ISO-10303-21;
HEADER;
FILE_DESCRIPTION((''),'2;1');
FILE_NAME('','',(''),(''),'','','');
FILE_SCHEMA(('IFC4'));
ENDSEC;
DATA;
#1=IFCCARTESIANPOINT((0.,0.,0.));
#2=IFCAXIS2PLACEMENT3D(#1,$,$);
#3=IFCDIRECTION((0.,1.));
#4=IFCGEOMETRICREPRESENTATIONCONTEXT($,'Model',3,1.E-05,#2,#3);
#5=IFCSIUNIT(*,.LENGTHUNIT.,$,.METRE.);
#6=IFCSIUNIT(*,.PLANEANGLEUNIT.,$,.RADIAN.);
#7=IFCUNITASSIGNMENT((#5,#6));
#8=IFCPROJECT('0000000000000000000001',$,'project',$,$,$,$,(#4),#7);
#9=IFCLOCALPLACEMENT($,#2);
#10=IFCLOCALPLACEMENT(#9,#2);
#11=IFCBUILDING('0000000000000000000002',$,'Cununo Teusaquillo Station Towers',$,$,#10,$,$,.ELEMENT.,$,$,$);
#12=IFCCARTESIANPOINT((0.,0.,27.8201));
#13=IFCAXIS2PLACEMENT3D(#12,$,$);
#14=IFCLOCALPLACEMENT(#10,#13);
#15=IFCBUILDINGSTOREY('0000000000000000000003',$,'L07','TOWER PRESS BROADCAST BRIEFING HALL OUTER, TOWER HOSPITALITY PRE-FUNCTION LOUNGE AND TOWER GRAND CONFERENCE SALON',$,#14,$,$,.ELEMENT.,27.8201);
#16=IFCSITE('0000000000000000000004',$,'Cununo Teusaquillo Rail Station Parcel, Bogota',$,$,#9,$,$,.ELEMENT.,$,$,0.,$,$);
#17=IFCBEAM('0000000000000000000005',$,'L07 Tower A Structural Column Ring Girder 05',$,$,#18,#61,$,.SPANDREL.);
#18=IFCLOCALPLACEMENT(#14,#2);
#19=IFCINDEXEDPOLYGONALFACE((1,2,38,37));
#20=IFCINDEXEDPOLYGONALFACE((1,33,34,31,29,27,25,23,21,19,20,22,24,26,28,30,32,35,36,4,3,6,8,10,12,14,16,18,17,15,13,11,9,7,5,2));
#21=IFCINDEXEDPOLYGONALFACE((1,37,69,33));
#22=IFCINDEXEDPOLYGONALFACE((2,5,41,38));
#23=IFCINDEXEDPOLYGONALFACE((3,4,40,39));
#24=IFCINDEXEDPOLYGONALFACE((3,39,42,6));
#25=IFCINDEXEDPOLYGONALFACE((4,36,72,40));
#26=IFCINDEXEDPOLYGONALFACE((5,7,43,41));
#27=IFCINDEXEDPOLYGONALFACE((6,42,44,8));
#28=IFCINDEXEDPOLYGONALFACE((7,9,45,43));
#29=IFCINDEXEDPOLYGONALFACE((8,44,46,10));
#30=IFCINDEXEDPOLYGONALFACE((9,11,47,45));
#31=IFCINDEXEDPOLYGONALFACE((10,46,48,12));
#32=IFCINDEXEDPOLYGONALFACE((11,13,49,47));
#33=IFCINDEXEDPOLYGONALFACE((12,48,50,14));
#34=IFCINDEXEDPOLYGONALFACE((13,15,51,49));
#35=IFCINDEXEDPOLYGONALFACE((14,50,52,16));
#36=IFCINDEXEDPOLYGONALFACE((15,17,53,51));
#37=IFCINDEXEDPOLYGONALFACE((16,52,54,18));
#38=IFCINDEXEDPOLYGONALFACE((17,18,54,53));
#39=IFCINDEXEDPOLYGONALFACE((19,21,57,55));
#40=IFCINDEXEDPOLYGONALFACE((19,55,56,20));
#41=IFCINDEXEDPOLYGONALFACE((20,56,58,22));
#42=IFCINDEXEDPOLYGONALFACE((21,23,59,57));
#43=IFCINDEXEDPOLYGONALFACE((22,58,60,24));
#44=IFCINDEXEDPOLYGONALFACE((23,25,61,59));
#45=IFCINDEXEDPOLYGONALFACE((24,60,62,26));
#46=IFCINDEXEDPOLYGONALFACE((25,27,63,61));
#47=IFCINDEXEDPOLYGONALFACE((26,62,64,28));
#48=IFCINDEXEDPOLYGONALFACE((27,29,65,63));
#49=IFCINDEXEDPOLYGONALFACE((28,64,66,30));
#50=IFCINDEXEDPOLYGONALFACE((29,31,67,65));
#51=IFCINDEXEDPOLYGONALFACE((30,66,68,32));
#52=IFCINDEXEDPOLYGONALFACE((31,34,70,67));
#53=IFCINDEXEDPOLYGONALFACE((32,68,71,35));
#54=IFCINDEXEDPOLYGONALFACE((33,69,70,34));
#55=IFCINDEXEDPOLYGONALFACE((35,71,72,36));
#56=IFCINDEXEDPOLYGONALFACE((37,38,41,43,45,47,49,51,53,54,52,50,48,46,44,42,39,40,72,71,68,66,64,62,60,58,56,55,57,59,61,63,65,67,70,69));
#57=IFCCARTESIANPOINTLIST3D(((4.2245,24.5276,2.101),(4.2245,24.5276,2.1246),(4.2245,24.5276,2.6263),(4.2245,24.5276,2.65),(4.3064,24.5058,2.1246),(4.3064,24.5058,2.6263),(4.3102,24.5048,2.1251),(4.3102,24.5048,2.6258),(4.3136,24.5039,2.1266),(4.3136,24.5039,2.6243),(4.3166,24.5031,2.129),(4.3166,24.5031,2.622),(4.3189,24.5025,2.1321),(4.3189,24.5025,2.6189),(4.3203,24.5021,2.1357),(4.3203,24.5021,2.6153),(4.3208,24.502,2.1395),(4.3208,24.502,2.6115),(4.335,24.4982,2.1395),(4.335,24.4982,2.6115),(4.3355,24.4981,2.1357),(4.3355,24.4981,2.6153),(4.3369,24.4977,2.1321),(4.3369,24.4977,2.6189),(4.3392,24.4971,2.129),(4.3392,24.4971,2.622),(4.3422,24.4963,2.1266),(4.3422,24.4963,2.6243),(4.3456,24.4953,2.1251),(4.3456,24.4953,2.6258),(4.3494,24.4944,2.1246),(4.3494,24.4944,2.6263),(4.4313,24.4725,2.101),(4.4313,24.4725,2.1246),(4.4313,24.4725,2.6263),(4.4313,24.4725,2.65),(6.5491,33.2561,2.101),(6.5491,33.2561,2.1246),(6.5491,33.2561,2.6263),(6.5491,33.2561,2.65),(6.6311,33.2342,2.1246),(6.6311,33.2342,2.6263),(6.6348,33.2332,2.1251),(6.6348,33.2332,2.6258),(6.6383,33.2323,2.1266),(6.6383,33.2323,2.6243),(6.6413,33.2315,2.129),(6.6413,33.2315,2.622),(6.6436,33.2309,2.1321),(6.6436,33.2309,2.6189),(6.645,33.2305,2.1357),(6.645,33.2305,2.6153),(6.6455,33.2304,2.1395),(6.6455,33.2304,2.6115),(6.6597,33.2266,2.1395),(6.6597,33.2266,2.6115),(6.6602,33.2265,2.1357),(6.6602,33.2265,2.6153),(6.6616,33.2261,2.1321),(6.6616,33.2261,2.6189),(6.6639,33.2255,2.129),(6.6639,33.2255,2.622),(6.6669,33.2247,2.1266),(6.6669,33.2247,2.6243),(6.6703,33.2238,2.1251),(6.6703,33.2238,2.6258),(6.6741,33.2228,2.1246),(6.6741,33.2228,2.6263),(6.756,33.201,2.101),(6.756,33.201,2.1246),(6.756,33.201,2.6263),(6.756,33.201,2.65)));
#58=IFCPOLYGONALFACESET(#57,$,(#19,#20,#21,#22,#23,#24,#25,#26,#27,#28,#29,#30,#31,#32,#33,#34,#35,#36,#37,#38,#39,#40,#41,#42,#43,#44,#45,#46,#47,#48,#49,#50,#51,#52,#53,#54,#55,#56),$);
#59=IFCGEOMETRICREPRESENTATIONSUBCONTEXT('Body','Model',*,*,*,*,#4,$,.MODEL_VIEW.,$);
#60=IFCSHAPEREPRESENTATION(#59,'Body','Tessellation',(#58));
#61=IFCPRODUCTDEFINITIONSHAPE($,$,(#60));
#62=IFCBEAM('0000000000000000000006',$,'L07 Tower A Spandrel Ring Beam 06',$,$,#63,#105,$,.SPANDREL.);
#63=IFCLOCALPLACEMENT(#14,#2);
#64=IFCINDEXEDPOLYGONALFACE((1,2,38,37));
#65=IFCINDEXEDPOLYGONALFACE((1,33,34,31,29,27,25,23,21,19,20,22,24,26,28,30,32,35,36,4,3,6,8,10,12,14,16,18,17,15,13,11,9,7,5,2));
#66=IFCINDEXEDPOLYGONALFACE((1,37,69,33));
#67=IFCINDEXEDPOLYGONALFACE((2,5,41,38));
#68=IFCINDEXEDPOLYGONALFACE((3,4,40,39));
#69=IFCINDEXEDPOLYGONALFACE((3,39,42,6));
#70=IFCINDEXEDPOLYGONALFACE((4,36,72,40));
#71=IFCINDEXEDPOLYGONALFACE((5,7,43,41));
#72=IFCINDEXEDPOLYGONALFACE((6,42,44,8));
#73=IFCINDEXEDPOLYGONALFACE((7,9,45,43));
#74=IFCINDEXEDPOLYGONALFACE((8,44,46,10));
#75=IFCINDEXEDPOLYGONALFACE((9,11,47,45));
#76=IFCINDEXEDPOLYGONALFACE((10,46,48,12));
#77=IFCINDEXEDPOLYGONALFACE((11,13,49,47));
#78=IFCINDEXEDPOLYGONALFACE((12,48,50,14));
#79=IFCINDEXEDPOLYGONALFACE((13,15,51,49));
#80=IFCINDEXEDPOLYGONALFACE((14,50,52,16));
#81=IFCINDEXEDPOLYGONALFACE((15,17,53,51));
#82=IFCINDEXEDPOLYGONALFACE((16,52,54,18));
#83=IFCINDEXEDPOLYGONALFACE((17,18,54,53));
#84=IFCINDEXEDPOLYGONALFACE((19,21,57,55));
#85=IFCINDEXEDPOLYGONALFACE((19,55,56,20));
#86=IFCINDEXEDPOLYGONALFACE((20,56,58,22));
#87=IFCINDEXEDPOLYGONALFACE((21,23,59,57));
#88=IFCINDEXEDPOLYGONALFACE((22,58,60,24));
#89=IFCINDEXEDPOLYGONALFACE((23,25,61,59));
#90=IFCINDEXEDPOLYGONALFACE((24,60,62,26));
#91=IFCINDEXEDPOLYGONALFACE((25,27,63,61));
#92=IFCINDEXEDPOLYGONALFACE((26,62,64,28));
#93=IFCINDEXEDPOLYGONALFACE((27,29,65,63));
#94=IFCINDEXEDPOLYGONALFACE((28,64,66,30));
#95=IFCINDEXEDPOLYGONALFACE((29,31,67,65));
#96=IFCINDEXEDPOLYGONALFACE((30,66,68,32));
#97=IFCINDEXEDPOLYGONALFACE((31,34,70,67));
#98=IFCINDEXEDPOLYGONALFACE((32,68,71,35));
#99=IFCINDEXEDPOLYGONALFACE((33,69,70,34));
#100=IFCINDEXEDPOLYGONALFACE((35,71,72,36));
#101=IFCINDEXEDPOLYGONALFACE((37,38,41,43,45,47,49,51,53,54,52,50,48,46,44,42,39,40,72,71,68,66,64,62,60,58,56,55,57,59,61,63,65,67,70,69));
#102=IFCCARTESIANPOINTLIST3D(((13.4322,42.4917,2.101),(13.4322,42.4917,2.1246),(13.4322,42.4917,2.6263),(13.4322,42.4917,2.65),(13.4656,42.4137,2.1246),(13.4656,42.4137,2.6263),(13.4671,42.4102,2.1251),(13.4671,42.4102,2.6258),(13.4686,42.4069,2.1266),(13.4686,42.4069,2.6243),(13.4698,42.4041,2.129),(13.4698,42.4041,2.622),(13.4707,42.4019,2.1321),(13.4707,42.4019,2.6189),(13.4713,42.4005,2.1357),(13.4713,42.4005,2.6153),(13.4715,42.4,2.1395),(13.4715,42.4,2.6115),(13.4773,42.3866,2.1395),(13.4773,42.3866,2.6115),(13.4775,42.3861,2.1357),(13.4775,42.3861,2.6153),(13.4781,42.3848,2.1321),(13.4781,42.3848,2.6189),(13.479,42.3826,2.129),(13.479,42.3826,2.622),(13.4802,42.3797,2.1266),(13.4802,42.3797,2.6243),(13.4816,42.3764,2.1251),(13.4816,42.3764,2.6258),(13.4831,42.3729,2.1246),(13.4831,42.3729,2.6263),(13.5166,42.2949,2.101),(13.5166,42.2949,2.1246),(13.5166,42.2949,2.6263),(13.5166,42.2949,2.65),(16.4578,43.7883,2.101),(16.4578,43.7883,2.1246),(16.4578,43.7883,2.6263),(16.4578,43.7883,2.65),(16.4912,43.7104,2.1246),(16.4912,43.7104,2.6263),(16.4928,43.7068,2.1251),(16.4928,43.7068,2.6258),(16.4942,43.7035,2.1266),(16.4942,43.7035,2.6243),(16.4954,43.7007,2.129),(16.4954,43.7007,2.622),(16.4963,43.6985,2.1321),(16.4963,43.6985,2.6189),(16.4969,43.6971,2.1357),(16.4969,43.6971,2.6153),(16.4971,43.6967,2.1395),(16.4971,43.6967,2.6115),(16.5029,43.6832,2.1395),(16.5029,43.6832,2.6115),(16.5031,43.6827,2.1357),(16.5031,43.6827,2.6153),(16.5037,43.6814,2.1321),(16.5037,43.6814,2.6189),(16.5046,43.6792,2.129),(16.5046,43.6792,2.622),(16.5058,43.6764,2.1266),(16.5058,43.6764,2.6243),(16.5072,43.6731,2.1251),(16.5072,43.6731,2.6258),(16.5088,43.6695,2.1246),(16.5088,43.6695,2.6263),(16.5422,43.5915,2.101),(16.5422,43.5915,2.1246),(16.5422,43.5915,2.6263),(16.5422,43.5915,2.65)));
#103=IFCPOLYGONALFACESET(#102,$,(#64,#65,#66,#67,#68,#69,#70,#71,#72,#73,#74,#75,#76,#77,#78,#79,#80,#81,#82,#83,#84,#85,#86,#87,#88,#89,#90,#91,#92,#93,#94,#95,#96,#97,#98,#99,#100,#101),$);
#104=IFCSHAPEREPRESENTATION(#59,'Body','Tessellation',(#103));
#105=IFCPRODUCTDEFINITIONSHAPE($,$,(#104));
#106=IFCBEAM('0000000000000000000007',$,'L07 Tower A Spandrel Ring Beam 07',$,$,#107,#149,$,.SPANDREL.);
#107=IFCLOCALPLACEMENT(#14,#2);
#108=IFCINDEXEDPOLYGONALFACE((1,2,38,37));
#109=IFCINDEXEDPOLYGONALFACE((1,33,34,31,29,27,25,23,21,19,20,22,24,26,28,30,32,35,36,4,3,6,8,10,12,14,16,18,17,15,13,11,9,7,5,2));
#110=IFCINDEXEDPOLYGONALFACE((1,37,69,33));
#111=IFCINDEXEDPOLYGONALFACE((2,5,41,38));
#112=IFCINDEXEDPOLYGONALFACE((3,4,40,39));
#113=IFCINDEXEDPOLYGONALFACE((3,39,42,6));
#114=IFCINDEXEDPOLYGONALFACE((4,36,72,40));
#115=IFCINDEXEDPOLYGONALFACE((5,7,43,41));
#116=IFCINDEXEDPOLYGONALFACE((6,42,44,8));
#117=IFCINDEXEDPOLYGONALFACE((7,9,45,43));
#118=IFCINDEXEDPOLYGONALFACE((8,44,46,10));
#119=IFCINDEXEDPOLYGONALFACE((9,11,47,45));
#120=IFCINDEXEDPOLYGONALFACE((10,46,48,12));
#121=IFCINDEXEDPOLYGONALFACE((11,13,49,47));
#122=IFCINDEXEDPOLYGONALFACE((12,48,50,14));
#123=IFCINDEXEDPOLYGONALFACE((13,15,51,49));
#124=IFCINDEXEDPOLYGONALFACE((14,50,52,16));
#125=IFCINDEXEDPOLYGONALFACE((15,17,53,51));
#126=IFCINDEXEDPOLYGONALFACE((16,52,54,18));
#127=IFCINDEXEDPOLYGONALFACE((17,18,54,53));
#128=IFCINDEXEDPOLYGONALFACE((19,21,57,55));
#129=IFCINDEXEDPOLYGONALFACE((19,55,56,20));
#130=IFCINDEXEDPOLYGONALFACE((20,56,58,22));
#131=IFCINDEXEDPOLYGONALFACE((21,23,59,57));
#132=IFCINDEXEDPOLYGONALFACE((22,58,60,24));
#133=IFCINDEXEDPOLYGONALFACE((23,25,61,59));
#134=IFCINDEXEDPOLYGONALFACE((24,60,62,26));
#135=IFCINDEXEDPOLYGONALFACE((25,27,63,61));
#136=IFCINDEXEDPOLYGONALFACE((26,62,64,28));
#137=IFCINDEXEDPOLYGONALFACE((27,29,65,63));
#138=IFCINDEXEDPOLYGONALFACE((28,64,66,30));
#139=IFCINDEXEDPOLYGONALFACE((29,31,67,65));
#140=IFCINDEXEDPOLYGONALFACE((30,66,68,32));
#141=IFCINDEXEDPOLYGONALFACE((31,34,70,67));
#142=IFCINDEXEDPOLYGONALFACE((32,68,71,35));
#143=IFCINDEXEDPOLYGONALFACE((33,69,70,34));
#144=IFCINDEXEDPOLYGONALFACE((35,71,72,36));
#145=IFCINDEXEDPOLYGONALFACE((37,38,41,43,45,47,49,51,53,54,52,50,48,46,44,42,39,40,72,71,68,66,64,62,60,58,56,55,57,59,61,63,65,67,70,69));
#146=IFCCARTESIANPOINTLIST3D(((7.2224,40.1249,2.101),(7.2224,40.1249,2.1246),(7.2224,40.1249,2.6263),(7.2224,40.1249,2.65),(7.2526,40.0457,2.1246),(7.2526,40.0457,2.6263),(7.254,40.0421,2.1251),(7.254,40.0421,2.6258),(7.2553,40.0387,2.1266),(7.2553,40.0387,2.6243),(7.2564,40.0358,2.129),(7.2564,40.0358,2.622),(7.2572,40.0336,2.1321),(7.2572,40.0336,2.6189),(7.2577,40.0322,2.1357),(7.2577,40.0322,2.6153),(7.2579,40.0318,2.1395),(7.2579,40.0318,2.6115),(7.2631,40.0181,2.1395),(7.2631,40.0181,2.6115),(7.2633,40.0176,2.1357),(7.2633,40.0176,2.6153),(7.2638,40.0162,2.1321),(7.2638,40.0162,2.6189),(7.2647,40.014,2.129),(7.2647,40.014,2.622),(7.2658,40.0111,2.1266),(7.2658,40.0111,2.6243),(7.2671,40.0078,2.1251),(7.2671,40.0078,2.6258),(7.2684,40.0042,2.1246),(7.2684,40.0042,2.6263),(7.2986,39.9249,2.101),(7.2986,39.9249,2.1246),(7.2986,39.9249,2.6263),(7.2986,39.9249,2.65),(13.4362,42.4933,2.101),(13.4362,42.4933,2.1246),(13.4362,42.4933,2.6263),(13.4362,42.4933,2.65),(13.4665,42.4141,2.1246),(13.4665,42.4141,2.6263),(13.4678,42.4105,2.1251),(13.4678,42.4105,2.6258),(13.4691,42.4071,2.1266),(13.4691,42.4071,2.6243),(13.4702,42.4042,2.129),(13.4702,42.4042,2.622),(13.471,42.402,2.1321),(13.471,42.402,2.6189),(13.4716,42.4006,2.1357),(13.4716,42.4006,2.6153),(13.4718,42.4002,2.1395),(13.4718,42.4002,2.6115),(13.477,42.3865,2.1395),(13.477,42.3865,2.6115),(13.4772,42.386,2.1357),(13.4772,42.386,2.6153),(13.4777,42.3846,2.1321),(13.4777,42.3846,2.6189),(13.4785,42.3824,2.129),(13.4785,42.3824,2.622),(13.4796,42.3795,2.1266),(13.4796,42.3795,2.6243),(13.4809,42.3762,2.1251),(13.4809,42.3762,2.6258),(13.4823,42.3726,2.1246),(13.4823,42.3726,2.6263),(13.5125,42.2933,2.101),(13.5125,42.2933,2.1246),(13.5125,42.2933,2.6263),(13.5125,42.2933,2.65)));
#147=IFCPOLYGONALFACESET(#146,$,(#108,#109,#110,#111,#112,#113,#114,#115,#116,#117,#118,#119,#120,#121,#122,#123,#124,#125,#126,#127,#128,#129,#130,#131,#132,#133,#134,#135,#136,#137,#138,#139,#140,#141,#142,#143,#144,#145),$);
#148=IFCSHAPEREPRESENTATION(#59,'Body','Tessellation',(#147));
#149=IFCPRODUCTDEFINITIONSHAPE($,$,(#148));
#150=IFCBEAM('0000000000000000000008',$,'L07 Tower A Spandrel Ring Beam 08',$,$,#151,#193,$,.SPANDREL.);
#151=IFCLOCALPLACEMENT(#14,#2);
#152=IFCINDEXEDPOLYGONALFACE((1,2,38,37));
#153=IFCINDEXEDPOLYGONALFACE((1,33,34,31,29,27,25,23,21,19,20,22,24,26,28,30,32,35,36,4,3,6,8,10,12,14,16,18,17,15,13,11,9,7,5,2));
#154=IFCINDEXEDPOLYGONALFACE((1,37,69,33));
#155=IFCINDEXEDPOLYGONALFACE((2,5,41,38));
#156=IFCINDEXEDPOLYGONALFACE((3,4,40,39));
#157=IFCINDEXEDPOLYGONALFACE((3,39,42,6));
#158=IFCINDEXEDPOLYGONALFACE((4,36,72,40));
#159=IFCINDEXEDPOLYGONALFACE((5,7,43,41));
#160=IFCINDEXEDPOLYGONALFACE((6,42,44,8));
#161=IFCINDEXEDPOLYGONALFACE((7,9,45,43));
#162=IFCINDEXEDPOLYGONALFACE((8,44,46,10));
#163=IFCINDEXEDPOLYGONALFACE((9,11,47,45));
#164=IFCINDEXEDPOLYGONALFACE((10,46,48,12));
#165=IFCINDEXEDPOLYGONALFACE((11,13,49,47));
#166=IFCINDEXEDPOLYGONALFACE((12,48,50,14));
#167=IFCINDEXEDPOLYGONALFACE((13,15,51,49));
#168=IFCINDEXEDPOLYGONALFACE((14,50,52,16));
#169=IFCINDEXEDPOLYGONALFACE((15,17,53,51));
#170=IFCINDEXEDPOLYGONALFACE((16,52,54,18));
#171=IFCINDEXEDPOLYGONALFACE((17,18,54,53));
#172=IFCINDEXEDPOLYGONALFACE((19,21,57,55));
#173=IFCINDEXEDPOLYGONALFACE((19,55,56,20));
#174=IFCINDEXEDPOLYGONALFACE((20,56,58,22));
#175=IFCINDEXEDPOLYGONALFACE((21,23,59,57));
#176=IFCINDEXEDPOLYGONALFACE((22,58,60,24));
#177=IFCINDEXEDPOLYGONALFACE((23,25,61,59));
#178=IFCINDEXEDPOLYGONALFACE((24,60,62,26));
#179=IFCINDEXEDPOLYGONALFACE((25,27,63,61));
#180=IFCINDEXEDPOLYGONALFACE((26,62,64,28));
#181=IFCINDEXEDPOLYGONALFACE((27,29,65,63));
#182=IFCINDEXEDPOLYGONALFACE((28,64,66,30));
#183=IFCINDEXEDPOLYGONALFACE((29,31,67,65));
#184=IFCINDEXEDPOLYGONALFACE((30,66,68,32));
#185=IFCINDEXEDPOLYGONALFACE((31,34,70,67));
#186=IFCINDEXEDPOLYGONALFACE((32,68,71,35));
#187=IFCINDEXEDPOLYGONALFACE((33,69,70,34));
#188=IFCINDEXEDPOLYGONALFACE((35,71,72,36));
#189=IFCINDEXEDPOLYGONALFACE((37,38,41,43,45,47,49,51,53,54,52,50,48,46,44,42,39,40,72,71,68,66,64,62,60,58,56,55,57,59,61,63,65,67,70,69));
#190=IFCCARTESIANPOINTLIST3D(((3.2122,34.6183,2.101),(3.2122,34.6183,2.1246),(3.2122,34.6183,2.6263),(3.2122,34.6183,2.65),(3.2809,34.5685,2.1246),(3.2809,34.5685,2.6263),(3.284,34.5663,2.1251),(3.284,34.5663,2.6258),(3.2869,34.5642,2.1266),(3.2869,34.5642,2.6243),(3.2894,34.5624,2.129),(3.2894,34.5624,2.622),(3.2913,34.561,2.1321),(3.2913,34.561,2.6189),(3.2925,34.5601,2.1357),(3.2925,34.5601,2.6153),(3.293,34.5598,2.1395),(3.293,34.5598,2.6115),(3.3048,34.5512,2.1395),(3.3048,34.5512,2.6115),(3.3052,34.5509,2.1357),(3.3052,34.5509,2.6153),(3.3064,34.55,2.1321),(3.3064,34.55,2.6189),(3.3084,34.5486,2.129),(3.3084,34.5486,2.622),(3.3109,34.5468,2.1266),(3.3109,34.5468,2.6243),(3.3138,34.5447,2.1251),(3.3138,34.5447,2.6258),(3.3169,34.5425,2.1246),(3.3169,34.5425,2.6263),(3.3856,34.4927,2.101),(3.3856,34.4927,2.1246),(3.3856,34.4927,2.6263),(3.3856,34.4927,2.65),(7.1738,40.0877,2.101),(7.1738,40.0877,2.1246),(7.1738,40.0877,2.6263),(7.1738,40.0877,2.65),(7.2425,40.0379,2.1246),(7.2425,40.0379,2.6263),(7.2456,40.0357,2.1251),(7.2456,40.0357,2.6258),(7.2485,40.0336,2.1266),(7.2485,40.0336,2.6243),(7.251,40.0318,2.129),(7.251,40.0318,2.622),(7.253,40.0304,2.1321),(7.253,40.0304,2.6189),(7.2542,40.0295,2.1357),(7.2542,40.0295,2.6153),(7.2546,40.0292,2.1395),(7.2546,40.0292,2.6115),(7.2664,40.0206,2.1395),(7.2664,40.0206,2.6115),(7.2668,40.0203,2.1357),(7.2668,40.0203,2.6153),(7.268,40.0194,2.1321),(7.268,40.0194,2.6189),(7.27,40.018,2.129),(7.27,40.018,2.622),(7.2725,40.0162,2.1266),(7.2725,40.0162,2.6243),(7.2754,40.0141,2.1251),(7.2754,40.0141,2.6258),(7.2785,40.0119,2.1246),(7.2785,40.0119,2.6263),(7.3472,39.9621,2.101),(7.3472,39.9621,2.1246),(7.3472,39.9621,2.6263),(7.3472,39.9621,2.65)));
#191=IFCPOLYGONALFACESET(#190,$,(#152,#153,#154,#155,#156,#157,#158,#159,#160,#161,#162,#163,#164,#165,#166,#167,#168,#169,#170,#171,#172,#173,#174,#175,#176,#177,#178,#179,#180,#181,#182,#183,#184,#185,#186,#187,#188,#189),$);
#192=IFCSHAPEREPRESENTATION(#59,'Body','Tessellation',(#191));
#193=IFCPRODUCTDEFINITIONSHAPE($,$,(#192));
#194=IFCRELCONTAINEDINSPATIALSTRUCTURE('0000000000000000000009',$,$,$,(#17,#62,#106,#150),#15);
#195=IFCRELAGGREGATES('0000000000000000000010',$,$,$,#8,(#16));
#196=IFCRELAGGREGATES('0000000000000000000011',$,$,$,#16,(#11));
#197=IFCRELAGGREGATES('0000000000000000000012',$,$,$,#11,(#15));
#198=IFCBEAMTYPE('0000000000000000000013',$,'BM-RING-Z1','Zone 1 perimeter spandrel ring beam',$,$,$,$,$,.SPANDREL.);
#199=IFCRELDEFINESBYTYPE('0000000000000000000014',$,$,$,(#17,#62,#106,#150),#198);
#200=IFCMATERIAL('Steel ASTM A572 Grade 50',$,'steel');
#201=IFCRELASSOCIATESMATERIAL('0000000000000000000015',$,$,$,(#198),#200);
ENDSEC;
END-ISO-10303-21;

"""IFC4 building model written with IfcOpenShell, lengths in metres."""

from ifc_helpers import new_model, si_unit, direction, frame, origin, origin_2d, place, context, subcontext, project, spatial, i_section, extrude, material, material_profile, profile_set, type_object, element, save


model = new_model("IFC4")

# Units and contexts
model_context = context("Model", 3, precision=1e-05, world=origin(), true_north=direction((0.0, 1.0)))
body_context = subcontext(model_context, "Body", "Model", "MODEL_VIEW")
ifc_project = project(units=[si_unit("LENGTHUNIT", "METRE"), si_unit("PLANEANGLEUNIT", "RADIAN")], contexts=[model_context])

# Site, building, storey
site_placement = place(None, origin())
site = spatial("IfcSite", under=ifc_project, at=site_placement, Name="Cununo Teusaquillo Rail Station Parcel, Bogota", CompositionType="ELEMENT", RefElevation=0.0)
building_placement = place(site_placement, origin())
building = spatial("IfcBuilding", under=site, at=building_placement, Name="Cununo Teusaquillo Station Towers", CompositionType="ELEMENT")
storey_placement = place(building_placement, frame((0.0, 0.0, 27.8201)))
storey = spatial("IfcBuildingStorey", under=building, at=storey_placement, Name="L07", Description="TOWER PRESS BROADCAST BRIEFING HALL OUTER, TOWER HOSPITALITY PRE-FUNCTION LOUNGE AND TOWER GRAND CONFERENCE SALON", CompositionType="ELEMENT", Elevation=27.8201)

# Beams
ifc_material_1 = material(Name="Steel ASTM A572 Grade 50", Category="steel")
ifc_material_profile_1 = material_profile(ifc_material_1, i_section(OverallWidth=0.2141, OverallDepth=0.5491, WebThickness=0.0146, FlangeThickness=0.0237, FilletRadius=0.0149, at=origin_2d()), Name="W21X93")
ifc_profile_set_1 = profile_set([ifc_material_profile_1], Name="Steel ASTM A572 Grade 50")
beam_type_1 = type_object("IfcBeamType", Name="BM-RING-Z1", Description="Zone 1 perimeter spandrel ring beam", PredefinedType="SPANDREL", material=ifc_profile_set_1)
beam_1_placement = place(storey_placement, frame((6.6526, 33.2285, 2.3755), z_axis=(-0.257363, -0.966315, 0.0), x_axis=(0.966315, -0.257363, 0.0)))
element("IfcBeam", 1, at=beam_1_placement, inside=storey, type_object=beam_type_1, Name="L07 Tower A Structural Column Ring Girder 05", PredefinedType="SPANDREL", context=body_context, shape_type="SweptSolid", body=[
    extrude(i_section(OverallWidth=0.2141, OverallDepth=0.5491, WebThickness=0.0146, FlangeThickness=0.0237, FilletRadius=0.0149, at=origin_2d()), origin(), (0.0, 0.0, 1.0), 9.0327),
])
beam_2_placement = place(storey_placement, frame((16.5, 43.6899, 2.3755), z_axis=(-0.919153, -0.393901, 0.0), x_axis=(0.393901, -0.919153, 0.0)))
element("IfcBeam", 2, at=beam_2_placement, inside=storey, type_object=beam_type_1, Name="L07 Tower A Spandrel Ring Beam 06", PredefinedType="SPANDREL", context=body_context, shape_type="SweptSolid", body=[
    extrude(i_section(OverallWidth=0.2141, OverallDepth=0.5491, WebThickness=0.0146, FlangeThickness=0.0237, FilletRadius=0.0149, at=origin_2d()), origin(), (0.0, 0.0, 1.0), 3.2917),
])
beam_3_placement = place(storey_placement, frame((13.4744, 42.3933, 2.3755), z_axis=(-0.934427, -0.356156, 0.0), x_axis=(0.356156, -0.934427, 0.0)))
element("IfcBeam", 3, at=beam_3_placement, inside=storey, type_object=beam_type_1, Name="L07 Tower A Spandrel Ring Beam 07", PredefinedType="SPANDREL", context=body_context, shape_type="SweptSolid", body=[
    extrude(i_section(OverallWidth=0.2141, OverallDepth=0.5491, WebThickness=0.0146, FlangeThickness=0.0237, FilletRadius=0.0149, at=origin_2d()), origin(), (0.0, 0.0, 1.0), 6.6499),
])
beam_4_placement = place(storey_placement, frame((7.2605, 40.0249, 2.3755), z_axis=(-0.586608, -0.809871, 0.0), x_axis=(0.809871, -0.586608, 0.0)))
element("IfcBeam", 4, at=beam_4_placement, inside=storey, type_object=beam_type_1, Name="L07 Tower A Spandrel Ring Beam 08", PredefinedType="SPANDREL", context=body_context, shape_type="SweptSolid", body=[
    extrude(i_section(OverallWidth=0.2141, OverallDepth=0.5491, WebThickness=0.0146, FlangeThickness=0.0237, FilletRadius=0.0149, at=origin_2d()), origin(), (0.0, 0.0, 1.0), 6.7534),
])

save(model, "model.ifc")
